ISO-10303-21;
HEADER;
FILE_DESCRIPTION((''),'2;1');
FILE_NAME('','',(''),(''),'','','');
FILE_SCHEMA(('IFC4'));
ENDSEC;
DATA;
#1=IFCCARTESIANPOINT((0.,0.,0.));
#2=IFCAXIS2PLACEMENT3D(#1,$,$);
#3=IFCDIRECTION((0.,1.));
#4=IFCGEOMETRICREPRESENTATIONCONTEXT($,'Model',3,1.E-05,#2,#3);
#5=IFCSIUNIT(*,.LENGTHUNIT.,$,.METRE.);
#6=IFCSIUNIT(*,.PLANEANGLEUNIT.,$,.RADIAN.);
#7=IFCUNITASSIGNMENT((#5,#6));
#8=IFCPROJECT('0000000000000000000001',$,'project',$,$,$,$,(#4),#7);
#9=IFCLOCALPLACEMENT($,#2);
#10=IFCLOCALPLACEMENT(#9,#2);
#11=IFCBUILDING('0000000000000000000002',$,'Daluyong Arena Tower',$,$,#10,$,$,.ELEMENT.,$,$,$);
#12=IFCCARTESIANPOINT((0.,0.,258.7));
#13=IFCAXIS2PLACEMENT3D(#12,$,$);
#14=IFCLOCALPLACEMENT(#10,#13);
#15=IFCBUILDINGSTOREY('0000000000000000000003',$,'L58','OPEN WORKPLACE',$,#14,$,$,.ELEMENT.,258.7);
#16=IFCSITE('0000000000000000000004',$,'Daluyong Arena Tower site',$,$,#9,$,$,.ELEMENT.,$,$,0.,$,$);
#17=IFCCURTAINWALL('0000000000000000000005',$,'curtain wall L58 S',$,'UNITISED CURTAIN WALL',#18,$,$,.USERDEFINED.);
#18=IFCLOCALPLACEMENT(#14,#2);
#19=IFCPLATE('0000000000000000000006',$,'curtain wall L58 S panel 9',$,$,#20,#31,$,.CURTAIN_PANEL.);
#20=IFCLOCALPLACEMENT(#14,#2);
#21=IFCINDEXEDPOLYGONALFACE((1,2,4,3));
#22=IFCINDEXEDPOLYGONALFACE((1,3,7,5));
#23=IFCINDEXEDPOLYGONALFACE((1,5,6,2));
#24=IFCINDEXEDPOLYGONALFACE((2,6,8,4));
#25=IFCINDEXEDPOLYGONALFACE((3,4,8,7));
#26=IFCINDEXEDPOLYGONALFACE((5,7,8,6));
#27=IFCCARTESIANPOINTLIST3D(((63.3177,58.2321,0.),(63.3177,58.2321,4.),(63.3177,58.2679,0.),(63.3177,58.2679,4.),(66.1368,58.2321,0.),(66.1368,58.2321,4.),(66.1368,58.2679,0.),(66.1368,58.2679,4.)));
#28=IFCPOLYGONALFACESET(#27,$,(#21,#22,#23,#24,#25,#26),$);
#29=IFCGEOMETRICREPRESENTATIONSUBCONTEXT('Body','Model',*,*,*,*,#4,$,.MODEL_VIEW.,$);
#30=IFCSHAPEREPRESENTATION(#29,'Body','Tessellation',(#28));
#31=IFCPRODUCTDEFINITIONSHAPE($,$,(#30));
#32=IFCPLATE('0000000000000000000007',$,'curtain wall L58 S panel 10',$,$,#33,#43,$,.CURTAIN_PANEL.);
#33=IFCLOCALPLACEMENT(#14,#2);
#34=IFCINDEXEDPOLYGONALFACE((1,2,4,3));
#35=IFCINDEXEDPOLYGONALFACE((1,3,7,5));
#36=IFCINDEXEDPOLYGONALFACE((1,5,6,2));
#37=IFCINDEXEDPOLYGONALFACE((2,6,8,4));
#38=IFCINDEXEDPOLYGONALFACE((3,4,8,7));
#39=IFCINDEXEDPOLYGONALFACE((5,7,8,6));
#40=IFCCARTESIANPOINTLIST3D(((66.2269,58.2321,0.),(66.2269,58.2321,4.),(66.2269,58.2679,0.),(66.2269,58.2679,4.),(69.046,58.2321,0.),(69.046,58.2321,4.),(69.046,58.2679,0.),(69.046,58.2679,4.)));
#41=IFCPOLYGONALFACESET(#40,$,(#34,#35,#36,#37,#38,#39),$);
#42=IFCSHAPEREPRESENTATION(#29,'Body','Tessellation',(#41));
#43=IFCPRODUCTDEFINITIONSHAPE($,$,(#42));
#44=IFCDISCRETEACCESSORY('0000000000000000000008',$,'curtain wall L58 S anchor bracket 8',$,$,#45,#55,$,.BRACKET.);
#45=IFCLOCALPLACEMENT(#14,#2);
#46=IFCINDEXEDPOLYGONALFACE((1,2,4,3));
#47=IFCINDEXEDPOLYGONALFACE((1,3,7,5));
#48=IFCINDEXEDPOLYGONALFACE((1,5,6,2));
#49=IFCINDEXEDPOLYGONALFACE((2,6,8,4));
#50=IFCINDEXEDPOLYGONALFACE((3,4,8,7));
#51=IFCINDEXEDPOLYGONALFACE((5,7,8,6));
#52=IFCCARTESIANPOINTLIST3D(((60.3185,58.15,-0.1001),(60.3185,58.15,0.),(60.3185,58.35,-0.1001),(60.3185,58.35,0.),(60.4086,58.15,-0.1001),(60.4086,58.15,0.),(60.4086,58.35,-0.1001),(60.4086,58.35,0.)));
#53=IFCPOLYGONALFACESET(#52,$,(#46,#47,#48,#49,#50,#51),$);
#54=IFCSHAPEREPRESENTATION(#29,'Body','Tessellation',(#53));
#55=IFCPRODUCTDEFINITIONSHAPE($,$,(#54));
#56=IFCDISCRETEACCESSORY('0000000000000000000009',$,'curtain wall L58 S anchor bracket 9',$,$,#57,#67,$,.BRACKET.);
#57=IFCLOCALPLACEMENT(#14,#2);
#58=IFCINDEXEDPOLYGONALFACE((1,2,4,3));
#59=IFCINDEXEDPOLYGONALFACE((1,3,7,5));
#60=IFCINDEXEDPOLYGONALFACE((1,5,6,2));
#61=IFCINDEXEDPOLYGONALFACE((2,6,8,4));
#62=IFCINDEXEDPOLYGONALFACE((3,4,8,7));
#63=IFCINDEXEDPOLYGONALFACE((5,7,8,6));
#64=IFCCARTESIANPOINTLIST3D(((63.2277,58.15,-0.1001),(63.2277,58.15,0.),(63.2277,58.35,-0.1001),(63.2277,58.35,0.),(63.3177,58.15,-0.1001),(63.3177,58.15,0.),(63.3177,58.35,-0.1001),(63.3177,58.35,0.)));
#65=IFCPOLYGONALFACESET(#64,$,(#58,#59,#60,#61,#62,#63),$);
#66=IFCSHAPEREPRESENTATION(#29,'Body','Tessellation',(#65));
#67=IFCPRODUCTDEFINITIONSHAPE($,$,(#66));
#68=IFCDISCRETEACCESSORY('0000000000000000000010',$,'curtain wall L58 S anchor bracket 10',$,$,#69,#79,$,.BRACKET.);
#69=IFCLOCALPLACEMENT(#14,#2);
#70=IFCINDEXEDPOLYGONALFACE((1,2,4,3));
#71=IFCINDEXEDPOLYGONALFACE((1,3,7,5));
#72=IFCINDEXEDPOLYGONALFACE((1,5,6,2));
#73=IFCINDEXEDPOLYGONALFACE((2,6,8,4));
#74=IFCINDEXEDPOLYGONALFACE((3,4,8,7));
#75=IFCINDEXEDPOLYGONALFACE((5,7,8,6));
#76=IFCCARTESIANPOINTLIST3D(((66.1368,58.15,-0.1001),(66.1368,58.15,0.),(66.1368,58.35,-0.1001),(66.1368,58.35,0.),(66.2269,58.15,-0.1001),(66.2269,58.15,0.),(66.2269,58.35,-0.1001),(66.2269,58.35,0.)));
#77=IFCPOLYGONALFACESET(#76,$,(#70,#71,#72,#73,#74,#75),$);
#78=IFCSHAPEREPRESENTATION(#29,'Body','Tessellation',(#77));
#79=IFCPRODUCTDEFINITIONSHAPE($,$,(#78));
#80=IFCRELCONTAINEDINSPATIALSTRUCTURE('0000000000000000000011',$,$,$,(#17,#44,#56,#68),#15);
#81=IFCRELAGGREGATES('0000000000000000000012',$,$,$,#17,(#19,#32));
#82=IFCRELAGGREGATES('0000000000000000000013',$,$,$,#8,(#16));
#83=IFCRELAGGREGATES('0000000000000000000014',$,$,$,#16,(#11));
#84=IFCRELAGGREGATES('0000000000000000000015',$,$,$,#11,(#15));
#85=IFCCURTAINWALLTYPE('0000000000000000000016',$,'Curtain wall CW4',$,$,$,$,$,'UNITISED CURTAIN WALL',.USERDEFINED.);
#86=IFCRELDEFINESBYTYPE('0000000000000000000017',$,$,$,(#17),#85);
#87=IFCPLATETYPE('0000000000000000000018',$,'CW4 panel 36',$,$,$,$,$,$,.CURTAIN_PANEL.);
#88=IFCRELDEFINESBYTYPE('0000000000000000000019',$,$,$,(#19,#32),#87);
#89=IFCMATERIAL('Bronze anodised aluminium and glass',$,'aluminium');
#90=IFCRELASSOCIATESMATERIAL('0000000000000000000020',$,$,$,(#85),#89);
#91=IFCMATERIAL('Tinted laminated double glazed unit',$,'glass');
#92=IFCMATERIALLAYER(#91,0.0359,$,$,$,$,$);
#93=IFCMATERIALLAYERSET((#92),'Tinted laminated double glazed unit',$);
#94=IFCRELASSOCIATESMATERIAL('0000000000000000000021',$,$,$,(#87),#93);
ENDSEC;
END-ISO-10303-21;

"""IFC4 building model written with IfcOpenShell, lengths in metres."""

from ifc_helpers import new_model, si_unit, direction, frame, origin, origin_2d, place, context, subcontext, project, spatial, rectangle, extrude, material, layer, layer_set, type_object, element, aggregate, save


model = new_model("IFC4")

# Units and contexts
model_context = context("Model", 3, precision=1e-05, world=origin(), true_north=direction((0.0, 1.0)))
body_context = subcontext(model_context, "Body", "Model", "MODEL_VIEW")
ifc_project = project(units=[si_unit("LENGTHUNIT", "METRE"), si_unit("PLANEANGLEUNIT", "RADIAN")], contexts=[model_context])

# Site, building, storey
site_placement = place(None, origin())
site = spatial("IfcSite", under=ifc_project, at=site_placement, Name="Daluyong Arena Tower site", CompositionType="ELEMENT", RefElevation=0.0)
building_placement = place(site_placement, origin())
building = spatial("IfcBuilding", under=site, at=building_placement, Name="Daluyong Arena Tower", CompositionType="ELEMENT")
storey_placement = place(building_placement, frame((0.0, 0.0, 258.7)))
storey = spatial("IfcBuildingStorey", under=building, at=storey_placement, Name="L58", Description="OPEN WORKPLACE", CompositionType="ELEMENT", Elevation=258.7)

# Curtain wall
ifc_material_1 = material(Name="Bronze anodised aluminium and glass", Category="aluminium")
curtain_wall_type = type_object("IfcCurtainWallType", Name="Curtain wall CW4", ElementType="UNITISED CURTAIN WALL", PredefinedType="USERDEFINED", material=ifc_material_1)
curtain_wall_placement = place(storey_placement, origin())
curtain_wall = element("IfcCurtainWall", 1, at=curtain_wall_placement, inside=storey, type_object=curtain_wall_type, Name="curtain wall L58 S", ObjectType="UNITISED CURTAIN WALL", PredefinedType="USERDEFINED")

# Plates
ifc_material_2 = material(Name="Tinted laminated double glazed unit", Category="glass")
ifc_layer = layer(ifc_material_2, 0.0359)
ifc_layer_set = layer_set([ifc_layer], Name="Tinted laminated double glazed unit")
plate_type = type_object("IfcPlateType", Name="CW4 panel 36", PredefinedType="CURTAIN_PANEL", material=ifc_layer_set)
plate_1_placement = place(storey_placement, frame((64.7273, 58.25, 0.0), z_axis=(0.0, 0.0, 1.0), x_axis=(1.0, 0.0, 0.0)))
plate_1 = element("IfcPlate", 2, at=plate_1_placement, type_object=plate_type, Name="curtain wall L58 S panel 9", PredefinedType="CURTAIN_PANEL", context=body_context, shape_type="SweptSolid", body=[
    extrude(rectangle(XDim=2.8191, YDim=0.0359, at=origin_2d()), origin(), (0.0, 0.0, 1.0), 4.0),
])
plate_2_placement = place(storey_placement, frame((67.6365, 58.25, 0.0), z_axis=(0.0, 0.0, 1.0), x_axis=(1.0, 0.0, 0.0)))
plate_2 = element("IfcPlate", 3, at=plate_2_placement, type_object=plate_type, Name="curtain wall L58 S panel 10", PredefinedType="CURTAIN_PANEL", context=body_context, shape_type="SweptSolid", body=[
    extrude(rectangle(XDim=2.8191, YDim=0.0359, at=origin_2d()), origin(), (0.0, 0.0, 1.0), 4.0),
])
aggregate(curtain_wall, [plate_1, plate_2])

# Discrete accessories
for number, where, z_axis, x_axis, name in (
    (4, (60.3635, 58.25, -0.1001), (0.0, 0.0, 1.0), (1.0, 0.0, 0.0), "curtain wall L58 S anchor bracket 8"),
    (5, (63.2727, 58.25, -0.1001), (0.0, 0.0, 1.0), (1.0, 0.0, 0.0), "curtain wall L58 S anchor bracket 9"),
    (6, (66.1819, 58.25, -0.1001), (0.0, 0.0, 1.0), (1.0, 0.0, 0.0), "curtain wall L58 S anchor bracket 10"),
):
    element("IfcDiscreteAccessory", number, at=place(storey_placement, frame(where, z_axis=z_axis, x_axis=x_axis)), inside=storey, Name=name, PredefinedType="BRACKET", context=body_context, shape_type="SweptSolid", body=[
        extrude(rectangle(XDim=0.0901, YDim=0.2, at=origin_2d()), origin(), (0.0, 0.0, 1.0), 0.1001),
    ])

save(model, "model.ifc")
